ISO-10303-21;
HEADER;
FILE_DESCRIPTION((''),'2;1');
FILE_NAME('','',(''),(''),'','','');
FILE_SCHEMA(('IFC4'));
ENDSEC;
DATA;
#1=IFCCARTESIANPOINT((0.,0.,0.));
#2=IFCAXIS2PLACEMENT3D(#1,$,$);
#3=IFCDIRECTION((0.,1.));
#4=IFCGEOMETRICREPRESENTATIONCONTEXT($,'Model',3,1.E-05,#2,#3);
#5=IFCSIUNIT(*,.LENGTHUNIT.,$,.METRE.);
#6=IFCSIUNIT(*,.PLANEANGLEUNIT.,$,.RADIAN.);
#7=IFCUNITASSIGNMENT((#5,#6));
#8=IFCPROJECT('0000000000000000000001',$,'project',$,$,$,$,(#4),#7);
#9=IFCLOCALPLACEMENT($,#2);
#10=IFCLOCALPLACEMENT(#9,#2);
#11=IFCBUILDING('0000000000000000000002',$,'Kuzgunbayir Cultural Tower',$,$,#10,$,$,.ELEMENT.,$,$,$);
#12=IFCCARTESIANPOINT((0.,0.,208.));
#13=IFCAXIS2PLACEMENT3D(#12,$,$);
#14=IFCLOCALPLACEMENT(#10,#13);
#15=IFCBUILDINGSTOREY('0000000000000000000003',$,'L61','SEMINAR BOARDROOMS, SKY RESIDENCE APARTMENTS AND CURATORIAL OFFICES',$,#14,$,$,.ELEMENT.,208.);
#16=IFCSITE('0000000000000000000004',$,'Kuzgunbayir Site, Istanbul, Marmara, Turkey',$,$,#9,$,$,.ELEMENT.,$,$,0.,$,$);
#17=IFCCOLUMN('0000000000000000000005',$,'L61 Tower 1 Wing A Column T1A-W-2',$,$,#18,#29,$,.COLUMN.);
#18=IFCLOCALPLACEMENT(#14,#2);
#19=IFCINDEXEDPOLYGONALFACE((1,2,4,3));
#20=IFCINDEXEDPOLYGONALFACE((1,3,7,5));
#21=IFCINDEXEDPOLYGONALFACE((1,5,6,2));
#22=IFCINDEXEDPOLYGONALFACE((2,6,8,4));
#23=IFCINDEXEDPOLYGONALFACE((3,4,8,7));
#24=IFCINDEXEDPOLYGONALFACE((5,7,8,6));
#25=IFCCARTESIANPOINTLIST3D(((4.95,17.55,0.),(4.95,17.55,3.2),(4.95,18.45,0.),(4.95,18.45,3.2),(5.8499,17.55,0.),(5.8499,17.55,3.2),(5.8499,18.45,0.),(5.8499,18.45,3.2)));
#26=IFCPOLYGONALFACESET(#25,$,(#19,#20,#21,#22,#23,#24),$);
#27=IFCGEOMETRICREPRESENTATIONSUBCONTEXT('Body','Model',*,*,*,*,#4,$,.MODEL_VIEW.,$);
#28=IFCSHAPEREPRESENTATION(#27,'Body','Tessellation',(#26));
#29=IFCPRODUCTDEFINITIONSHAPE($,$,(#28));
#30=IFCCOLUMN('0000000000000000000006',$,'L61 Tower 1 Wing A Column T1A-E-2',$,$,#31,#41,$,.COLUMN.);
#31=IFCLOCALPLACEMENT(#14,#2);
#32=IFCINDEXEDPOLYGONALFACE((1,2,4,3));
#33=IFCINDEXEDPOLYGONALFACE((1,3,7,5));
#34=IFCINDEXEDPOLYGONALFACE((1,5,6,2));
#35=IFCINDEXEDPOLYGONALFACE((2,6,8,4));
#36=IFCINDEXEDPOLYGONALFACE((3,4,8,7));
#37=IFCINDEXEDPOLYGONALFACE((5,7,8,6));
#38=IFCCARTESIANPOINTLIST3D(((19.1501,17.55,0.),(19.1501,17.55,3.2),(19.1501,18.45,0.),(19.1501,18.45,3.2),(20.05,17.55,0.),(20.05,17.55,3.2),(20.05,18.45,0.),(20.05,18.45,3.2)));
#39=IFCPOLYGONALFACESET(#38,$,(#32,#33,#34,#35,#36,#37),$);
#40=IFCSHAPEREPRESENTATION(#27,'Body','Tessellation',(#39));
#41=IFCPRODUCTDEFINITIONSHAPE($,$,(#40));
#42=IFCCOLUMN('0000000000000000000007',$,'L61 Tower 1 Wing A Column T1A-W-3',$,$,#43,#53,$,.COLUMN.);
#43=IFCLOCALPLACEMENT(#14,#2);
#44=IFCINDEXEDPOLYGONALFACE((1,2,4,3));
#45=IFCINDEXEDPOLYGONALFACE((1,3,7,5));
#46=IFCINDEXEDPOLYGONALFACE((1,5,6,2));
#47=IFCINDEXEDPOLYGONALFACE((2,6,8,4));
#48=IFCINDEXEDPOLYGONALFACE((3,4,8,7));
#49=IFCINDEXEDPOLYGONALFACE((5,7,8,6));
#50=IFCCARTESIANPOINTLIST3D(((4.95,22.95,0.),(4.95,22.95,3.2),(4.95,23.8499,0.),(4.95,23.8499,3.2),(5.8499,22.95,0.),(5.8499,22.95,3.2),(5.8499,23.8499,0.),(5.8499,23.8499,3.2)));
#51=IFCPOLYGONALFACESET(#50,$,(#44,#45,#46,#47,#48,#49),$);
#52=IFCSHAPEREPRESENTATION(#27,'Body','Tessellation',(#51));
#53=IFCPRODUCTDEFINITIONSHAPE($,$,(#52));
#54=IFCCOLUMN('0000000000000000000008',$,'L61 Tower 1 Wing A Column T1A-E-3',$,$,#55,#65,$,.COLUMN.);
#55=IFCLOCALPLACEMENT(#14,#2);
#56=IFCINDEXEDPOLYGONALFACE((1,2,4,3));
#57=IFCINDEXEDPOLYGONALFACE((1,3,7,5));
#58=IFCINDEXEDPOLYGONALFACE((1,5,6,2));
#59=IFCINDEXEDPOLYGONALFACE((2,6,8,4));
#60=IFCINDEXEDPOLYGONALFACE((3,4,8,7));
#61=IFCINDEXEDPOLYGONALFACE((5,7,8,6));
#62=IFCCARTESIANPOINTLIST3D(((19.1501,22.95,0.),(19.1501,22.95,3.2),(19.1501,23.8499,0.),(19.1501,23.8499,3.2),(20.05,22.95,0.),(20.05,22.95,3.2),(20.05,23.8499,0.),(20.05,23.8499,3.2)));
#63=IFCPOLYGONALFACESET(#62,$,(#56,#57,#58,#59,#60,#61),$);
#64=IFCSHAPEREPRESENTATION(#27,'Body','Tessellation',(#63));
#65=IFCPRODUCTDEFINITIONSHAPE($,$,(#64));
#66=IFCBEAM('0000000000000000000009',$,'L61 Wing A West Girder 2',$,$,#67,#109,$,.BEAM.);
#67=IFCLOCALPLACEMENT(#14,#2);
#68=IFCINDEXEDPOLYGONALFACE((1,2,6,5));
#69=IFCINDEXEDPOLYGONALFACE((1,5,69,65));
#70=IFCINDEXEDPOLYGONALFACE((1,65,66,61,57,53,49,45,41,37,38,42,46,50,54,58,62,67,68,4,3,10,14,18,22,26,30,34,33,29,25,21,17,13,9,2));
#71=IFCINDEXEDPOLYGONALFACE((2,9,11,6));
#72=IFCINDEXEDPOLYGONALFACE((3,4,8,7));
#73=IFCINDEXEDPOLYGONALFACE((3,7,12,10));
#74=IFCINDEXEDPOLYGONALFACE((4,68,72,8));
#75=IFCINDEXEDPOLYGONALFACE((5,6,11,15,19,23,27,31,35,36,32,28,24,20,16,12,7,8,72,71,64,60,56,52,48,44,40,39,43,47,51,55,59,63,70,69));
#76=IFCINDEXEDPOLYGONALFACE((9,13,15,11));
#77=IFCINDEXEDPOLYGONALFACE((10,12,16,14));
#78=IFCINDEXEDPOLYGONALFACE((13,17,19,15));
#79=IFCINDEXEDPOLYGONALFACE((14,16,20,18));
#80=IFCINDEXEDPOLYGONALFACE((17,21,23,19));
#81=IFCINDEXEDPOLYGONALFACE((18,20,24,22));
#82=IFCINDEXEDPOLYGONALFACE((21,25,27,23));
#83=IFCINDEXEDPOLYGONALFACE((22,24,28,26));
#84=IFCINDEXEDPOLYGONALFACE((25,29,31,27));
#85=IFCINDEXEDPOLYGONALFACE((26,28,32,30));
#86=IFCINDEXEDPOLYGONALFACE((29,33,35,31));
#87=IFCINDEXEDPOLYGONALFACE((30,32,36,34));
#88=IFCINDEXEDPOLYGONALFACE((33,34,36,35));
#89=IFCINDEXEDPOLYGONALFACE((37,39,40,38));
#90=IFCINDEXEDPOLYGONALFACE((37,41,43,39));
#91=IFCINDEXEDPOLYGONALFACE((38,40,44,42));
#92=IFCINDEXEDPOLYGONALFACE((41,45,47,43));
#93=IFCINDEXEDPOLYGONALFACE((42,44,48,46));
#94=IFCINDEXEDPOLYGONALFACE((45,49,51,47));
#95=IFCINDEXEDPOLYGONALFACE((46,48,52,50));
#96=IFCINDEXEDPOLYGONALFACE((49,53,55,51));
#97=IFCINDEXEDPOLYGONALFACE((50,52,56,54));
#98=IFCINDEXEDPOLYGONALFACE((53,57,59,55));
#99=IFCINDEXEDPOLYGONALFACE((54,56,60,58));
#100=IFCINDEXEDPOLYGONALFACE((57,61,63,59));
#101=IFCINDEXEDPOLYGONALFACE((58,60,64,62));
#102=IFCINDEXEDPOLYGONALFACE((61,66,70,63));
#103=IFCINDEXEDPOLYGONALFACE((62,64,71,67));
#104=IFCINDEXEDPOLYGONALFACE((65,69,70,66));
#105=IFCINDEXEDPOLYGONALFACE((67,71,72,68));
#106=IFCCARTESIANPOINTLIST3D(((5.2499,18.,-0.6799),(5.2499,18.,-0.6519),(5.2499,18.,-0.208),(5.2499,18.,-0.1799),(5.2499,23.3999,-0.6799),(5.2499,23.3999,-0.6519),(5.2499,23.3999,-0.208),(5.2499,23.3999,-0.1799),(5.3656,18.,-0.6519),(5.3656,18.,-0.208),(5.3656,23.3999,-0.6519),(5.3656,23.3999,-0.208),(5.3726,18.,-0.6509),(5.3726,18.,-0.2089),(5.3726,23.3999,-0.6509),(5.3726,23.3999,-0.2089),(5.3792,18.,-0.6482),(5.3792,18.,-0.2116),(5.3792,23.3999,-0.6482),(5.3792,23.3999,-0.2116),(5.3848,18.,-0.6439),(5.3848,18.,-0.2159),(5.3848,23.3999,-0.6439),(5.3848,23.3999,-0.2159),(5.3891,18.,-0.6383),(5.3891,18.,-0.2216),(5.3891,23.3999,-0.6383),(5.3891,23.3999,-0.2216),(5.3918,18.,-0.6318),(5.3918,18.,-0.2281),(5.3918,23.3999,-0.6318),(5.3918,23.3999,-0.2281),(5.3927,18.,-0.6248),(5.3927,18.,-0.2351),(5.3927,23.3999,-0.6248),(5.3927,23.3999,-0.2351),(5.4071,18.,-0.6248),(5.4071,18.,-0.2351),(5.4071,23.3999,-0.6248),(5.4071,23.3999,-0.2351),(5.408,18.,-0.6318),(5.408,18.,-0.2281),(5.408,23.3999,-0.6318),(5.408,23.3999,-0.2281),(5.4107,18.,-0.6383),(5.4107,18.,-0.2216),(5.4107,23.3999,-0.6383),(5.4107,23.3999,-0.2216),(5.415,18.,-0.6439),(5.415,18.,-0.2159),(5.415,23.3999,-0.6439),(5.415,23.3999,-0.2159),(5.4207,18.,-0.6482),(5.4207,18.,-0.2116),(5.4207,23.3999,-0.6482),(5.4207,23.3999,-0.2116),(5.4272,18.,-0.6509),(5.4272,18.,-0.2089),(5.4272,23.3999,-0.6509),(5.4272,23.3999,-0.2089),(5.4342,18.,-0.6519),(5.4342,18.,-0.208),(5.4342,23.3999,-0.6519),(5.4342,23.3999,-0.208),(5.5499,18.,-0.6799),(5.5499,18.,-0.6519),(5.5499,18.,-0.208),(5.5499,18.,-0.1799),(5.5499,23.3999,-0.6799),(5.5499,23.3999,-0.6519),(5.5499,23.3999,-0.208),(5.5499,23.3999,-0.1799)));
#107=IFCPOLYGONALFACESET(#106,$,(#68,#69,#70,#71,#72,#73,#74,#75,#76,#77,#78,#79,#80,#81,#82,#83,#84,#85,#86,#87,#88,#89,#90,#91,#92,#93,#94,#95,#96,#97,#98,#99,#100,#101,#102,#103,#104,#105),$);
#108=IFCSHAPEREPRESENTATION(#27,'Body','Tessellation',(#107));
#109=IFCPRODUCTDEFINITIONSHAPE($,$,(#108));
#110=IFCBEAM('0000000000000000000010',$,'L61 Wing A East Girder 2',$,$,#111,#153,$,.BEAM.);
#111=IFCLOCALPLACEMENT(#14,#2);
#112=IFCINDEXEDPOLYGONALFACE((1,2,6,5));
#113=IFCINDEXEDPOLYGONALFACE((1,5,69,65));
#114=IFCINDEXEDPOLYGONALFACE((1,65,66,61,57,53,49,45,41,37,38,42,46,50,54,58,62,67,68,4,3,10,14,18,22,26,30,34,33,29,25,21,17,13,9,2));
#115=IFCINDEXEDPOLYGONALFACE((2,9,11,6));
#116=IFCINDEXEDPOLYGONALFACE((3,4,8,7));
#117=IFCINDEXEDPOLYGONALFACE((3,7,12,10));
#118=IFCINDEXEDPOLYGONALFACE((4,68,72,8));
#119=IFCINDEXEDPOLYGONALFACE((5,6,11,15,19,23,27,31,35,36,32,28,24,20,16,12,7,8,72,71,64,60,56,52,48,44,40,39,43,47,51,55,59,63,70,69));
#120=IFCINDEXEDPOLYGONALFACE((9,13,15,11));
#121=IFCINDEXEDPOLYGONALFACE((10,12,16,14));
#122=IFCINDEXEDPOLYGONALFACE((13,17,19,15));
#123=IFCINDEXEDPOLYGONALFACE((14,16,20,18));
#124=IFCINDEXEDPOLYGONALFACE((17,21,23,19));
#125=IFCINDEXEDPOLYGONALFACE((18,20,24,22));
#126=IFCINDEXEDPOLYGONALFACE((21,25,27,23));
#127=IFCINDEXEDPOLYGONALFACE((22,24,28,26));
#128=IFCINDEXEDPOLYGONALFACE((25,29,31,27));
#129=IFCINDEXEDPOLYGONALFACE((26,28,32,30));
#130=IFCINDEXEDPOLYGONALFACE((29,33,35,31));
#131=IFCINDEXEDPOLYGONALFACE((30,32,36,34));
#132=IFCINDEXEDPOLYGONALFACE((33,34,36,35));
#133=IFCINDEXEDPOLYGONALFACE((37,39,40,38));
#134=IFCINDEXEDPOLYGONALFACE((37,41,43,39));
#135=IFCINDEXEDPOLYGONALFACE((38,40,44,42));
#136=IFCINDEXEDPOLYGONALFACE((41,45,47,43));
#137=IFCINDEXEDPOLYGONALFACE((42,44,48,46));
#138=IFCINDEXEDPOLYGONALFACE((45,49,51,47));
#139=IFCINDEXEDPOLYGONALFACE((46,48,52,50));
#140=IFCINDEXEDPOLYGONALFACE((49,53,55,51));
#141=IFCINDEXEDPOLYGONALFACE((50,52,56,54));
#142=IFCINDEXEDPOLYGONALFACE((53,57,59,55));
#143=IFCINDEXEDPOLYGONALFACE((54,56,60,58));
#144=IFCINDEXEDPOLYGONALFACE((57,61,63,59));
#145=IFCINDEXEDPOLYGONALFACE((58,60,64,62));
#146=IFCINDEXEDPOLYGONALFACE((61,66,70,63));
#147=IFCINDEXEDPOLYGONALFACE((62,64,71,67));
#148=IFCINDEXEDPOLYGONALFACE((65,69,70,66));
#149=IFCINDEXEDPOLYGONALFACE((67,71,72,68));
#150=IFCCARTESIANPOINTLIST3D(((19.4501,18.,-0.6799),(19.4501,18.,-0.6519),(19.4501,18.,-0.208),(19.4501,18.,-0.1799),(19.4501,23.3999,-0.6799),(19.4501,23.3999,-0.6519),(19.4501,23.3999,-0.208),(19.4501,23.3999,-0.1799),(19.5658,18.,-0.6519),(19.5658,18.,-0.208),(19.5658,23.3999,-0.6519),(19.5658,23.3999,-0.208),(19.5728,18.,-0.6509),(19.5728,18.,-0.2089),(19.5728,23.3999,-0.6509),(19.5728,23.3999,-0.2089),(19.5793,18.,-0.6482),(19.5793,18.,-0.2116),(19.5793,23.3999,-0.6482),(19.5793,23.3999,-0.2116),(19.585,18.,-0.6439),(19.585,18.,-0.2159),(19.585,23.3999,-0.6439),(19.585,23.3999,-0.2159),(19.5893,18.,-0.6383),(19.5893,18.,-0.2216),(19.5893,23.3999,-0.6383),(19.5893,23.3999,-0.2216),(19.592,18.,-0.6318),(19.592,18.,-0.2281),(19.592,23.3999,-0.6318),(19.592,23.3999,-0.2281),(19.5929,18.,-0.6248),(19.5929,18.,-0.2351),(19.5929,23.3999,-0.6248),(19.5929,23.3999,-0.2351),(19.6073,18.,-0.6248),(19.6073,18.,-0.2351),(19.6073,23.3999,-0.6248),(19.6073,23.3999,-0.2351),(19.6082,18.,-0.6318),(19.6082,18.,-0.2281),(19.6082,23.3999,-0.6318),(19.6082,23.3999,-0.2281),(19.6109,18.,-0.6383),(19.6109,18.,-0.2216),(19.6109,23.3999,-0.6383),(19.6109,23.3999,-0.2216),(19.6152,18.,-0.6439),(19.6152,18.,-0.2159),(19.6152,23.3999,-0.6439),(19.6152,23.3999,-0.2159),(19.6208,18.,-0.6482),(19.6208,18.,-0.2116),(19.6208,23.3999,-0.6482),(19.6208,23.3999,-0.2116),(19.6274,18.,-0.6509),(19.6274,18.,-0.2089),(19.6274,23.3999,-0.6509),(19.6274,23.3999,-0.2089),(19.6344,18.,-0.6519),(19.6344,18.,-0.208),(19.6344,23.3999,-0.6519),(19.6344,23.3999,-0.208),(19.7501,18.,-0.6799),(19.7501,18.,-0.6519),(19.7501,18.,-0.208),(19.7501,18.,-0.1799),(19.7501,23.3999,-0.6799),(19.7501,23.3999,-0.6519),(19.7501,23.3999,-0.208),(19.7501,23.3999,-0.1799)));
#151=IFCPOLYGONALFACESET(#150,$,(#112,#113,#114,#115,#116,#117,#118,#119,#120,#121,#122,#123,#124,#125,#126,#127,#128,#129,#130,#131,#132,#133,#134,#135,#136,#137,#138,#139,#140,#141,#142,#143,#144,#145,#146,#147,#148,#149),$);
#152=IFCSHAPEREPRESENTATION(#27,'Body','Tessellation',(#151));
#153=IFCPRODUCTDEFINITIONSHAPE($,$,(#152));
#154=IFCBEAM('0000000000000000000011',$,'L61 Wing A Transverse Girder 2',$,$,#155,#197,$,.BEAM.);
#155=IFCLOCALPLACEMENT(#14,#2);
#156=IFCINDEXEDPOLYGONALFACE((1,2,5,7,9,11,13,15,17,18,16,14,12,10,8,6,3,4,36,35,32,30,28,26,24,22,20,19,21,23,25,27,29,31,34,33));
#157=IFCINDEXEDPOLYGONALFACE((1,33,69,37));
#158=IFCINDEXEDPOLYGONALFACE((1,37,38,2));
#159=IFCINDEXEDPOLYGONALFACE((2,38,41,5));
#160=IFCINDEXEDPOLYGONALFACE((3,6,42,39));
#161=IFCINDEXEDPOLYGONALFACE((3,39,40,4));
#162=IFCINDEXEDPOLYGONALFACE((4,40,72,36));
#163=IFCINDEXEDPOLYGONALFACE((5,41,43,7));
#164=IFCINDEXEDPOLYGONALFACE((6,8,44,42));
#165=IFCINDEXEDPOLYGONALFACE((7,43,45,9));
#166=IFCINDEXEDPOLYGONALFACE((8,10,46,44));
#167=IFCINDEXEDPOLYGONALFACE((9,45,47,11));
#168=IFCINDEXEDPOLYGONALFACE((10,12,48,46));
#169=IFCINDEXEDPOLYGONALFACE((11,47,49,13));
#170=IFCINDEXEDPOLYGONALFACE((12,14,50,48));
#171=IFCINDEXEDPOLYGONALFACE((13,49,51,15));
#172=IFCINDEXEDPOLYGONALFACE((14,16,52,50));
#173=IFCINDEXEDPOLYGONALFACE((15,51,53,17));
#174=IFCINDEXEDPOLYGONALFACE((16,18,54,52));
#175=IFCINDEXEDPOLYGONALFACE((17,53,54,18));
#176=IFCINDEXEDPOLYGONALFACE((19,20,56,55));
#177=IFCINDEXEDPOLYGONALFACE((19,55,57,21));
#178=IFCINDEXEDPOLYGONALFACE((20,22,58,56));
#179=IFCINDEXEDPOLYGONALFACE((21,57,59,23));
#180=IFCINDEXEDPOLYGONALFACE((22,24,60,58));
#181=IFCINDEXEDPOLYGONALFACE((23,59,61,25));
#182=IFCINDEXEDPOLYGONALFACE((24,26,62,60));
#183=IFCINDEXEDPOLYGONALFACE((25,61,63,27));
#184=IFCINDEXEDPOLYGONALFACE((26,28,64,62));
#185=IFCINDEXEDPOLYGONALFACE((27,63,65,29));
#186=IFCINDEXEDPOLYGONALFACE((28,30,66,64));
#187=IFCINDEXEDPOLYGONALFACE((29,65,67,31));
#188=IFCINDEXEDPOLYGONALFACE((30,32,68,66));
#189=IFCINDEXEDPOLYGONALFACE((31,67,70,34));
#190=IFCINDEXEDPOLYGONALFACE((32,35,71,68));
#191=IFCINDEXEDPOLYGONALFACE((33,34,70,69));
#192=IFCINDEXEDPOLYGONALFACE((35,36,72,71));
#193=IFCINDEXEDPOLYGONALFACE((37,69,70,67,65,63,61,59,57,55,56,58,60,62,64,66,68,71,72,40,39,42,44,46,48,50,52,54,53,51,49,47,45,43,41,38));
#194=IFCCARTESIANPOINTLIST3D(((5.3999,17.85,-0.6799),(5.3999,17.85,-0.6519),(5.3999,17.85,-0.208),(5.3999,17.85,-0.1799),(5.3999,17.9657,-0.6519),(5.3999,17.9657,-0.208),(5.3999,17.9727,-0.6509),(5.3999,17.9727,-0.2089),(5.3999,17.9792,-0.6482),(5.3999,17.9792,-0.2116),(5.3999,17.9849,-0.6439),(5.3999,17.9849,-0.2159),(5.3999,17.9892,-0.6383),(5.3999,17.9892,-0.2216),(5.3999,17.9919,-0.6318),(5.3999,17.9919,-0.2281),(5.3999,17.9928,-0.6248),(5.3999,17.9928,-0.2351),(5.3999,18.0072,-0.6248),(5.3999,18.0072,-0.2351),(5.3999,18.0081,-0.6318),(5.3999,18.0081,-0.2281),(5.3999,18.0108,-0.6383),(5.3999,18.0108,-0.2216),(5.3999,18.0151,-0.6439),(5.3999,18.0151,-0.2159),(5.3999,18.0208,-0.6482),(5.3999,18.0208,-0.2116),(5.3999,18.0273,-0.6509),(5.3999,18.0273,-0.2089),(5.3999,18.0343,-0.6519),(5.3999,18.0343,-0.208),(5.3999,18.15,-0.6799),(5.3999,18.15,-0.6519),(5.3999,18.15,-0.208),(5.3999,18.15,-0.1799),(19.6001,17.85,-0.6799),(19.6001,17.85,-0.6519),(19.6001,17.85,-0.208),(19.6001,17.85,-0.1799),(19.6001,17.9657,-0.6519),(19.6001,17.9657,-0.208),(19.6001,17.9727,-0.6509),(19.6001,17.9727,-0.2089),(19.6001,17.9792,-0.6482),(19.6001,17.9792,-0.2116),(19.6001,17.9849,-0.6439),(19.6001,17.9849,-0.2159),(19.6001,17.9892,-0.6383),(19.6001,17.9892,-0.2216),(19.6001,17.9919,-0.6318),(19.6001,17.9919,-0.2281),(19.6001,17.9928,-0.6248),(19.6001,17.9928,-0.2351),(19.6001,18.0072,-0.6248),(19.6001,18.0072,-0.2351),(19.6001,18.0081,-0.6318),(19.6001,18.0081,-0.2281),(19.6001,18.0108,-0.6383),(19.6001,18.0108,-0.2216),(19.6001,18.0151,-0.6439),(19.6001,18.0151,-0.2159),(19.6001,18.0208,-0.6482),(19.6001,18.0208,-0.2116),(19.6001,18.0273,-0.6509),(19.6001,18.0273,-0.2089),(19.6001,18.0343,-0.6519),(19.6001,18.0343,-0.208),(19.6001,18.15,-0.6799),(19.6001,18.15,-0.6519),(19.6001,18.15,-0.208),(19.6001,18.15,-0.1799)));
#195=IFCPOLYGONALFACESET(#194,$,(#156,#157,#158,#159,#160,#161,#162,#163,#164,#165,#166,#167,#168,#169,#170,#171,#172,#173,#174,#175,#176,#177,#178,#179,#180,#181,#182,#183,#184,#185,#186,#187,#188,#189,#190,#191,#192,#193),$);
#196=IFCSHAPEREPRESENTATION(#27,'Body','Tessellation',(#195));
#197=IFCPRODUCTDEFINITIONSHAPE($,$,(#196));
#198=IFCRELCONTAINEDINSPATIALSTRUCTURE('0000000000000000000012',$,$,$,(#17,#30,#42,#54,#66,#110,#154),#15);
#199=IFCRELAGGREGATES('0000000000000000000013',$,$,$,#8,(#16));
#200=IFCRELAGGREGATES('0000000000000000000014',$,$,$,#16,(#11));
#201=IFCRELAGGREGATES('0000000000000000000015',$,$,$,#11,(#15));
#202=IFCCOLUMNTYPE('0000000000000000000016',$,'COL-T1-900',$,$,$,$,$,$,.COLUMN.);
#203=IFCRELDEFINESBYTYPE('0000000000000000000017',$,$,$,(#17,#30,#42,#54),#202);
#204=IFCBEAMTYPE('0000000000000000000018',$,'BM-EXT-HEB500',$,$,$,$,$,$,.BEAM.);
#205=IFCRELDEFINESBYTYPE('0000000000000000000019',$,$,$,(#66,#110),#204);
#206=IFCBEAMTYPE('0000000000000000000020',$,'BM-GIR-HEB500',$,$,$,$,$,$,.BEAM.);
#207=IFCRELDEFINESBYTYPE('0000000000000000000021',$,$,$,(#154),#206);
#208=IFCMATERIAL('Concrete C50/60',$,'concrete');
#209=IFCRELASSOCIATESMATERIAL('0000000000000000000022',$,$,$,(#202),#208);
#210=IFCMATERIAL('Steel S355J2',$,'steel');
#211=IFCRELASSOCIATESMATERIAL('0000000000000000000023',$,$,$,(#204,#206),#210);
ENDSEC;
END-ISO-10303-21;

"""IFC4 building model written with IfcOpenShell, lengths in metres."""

from ifc_helpers import new_model, si_unit, direction, frame, origin, origin_2d, place, context, subcontext, project, spatial, rectangle, i_section, extrude, material, material_profile, profile_set, type_object, element, save


model = new_model("IFC4")

# Units and contexts
model_context = context("Model", 3, precision=1e-05, world=origin(), true_north=direction((0.0, 1.0)))
body_context = subcontext(model_context, "Body", "Model", "MODEL_VIEW")
ifc_project = project(units=[si_unit("LENGTHUNIT", "METRE"), si_unit("PLANEANGLEUNIT", "RADIAN")], contexts=[model_context])

# Site, building, storey
site_placement = place(None, origin())
site = spatial("IfcSite", under=ifc_project, at=site_placement, Name="Kuzgunbayir Site, Istanbul, Marmara, Turkey", CompositionType="ELEMENT", RefElevation=0.0)
building_placement = place(site_placement, origin())
building = spatial("IfcBuilding", under=site, at=building_placement, Name="Kuzgunbayir Cultural Tower", CompositionType="ELEMENT")
storey_placement = place(building_placement, frame((0.0, 0.0, 208.0)))
storey = spatial("IfcBuildingStorey", under=building, at=storey_placement, Name="L61", Description="SEMINAR BOARDROOMS, SKY RESIDENCE APARTMENTS AND CURATORIAL OFFICES", CompositionType="ELEMENT", Elevation=208.0)

# Columns
ifc_material_1 = material(Name="Concrete C50/60", Category="concrete")
ifc_material_profile_1 = material_profile(ifc_material_1, rectangle(XDim=0.8999, YDim=0.8999, at=origin_2d()), Name="RC 900x900")
ifc_profile_set_1 = profile_set([ifc_material_profile_1], Name="Concrete C50/60")
column_type = type_object("IfcColumnType", Name="COL-T1-900", PredefinedType="COLUMN", material=ifc_profile_set_1)
for number, where, z_axis, x_axis, name in (
    (1, (5.3999, 18.0, 0.0), (0.0, 0.0, 1.0), (1.0, 0.0, 0.0), "L61 Tower 1 Wing A Column T1A-W-2"),
    (2, (19.6001, 18.0, 0.0), (0.0, 0.0, 1.0), (1.0, 0.0, 0.0), "L61 Tower 1 Wing A Column T1A-E-2"),
    (3, (5.3999, 23.3999, 0.0), (0.0, 0.0, 1.0), (1.0, 0.0, 0.0), "L61 Tower 1 Wing A Column T1A-W-3"),
    (4, (19.6001, 23.3999, 0.0), (0.0, 0.0, 1.0), (1.0, 0.0, 0.0), "L61 Tower 1 Wing A Column T1A-E-3"),
):
    element("IfcColumn", number, at=place(storey_placement, frame(where, z_axis=z_axis, x_axis=x_axis)), inside=storey, type_object=column_type, Name=name, PredefinedType="COLUMN", context=body_context, shape_type="SweptSolid", body=[
        extrude(rectangle(XDim=0.8999, YDim=0.8999, at=origin_2d()), origin(), (0.0, 0.0, 1.0), 3.2),
    ])

# Beams
ifc_material_2 = material(Name="Steel S355J2", Category="steel")
ifc_material_profile_2 = material_profile(ifc_material_2, i_section(OverallWidth=0.3, OverallDepth=0.5, WebThickness=0.0144, FlangeThickness=0.0281, FilletRadius=0.0271, at=origin_2d()), Name="HEB 500")
ifc_profile_set_2 = profile_set([ifc_material_profile_2], Name="Steel S355J2")
beam_type_1 = type_object("IfcBeamType", Name="BM-EXT-HEB500", PredefinedType="BEAM", material=ifc_profile_set_2)
for number, where, z_axis, x_axis, name in (
    (5, (5.3999, 18.0, -0.4299), (0.0, 1.0, 0.0), (-1.0, 0.0, 0.0), "L61 Wing A West Girder 2"),
    (6, (19.6001, 18.0, -0.4299), (0.0, 1.0, 0.0), (-1.0, 0.0, 0.0), "L61 Wing A East Girder 2"),
):
    element("IfcBeam", number, at=place(storey_placement, frame(where, z_axis=z_axis, x_axis=x_axis)), inside=storey, type_object=beam_type_1, Name=name, PredefinedType="BEAM", context=body_context, shape_type="SweptSolid", body=[
        extrude(i_section(OverallWidth=0.3, OverallDepth=0.5, WebThickness=0.0144, FlangeThickness=0.0281, FilletRadius=0.0271, at=origin_2d()), origin(), (0.0, 0.0, 1.0), 5.3999),
    ])
ifc_material_profile_3 = material_profile(ifc_material_2, i_section(OverallWidth=0.3, OverallDepth=0.5, WebThickness=0.0144, FlangeThickness=0.0281, FilletRadius=0.0271, at=origin_2d()), Name="HEB 500")
ifc_profile_set_3 = profile_set([ifc_material_profile_3], Name="Steel S355J2")
beam_type_2 = type_object("IfcBeamType", Name="BM-GIR-HEB500", PredefinedType="BEAM", material=ifc_profile_set_3)
beam_1_placement = place(storey_placement, frame((5.3999, 18.0, -0.4299), z_axis=(1.0, 0.0, 0.0), x_axis=(0.0, 1.0, 0.0)))
element("IfcBeam", 7, at=beam_1_placement, inside=storey, type_object=beam_type_2, Name="L61 Wing A Transverse Girder 2", PredefinedType="BEAM", context=body_context, shape_type="SweptSolid", body=[
    extrude(i_section(OverallWidth=0.3, OverallDepth=0.5, WebThickness=0.0144, FlangeThickness=0.0281, FilletRadius=0.0271, at=origin_2d()), origin(), (0.0, 0.0, 1.0), 14.2002),
])

save(model, "model.ifc")
